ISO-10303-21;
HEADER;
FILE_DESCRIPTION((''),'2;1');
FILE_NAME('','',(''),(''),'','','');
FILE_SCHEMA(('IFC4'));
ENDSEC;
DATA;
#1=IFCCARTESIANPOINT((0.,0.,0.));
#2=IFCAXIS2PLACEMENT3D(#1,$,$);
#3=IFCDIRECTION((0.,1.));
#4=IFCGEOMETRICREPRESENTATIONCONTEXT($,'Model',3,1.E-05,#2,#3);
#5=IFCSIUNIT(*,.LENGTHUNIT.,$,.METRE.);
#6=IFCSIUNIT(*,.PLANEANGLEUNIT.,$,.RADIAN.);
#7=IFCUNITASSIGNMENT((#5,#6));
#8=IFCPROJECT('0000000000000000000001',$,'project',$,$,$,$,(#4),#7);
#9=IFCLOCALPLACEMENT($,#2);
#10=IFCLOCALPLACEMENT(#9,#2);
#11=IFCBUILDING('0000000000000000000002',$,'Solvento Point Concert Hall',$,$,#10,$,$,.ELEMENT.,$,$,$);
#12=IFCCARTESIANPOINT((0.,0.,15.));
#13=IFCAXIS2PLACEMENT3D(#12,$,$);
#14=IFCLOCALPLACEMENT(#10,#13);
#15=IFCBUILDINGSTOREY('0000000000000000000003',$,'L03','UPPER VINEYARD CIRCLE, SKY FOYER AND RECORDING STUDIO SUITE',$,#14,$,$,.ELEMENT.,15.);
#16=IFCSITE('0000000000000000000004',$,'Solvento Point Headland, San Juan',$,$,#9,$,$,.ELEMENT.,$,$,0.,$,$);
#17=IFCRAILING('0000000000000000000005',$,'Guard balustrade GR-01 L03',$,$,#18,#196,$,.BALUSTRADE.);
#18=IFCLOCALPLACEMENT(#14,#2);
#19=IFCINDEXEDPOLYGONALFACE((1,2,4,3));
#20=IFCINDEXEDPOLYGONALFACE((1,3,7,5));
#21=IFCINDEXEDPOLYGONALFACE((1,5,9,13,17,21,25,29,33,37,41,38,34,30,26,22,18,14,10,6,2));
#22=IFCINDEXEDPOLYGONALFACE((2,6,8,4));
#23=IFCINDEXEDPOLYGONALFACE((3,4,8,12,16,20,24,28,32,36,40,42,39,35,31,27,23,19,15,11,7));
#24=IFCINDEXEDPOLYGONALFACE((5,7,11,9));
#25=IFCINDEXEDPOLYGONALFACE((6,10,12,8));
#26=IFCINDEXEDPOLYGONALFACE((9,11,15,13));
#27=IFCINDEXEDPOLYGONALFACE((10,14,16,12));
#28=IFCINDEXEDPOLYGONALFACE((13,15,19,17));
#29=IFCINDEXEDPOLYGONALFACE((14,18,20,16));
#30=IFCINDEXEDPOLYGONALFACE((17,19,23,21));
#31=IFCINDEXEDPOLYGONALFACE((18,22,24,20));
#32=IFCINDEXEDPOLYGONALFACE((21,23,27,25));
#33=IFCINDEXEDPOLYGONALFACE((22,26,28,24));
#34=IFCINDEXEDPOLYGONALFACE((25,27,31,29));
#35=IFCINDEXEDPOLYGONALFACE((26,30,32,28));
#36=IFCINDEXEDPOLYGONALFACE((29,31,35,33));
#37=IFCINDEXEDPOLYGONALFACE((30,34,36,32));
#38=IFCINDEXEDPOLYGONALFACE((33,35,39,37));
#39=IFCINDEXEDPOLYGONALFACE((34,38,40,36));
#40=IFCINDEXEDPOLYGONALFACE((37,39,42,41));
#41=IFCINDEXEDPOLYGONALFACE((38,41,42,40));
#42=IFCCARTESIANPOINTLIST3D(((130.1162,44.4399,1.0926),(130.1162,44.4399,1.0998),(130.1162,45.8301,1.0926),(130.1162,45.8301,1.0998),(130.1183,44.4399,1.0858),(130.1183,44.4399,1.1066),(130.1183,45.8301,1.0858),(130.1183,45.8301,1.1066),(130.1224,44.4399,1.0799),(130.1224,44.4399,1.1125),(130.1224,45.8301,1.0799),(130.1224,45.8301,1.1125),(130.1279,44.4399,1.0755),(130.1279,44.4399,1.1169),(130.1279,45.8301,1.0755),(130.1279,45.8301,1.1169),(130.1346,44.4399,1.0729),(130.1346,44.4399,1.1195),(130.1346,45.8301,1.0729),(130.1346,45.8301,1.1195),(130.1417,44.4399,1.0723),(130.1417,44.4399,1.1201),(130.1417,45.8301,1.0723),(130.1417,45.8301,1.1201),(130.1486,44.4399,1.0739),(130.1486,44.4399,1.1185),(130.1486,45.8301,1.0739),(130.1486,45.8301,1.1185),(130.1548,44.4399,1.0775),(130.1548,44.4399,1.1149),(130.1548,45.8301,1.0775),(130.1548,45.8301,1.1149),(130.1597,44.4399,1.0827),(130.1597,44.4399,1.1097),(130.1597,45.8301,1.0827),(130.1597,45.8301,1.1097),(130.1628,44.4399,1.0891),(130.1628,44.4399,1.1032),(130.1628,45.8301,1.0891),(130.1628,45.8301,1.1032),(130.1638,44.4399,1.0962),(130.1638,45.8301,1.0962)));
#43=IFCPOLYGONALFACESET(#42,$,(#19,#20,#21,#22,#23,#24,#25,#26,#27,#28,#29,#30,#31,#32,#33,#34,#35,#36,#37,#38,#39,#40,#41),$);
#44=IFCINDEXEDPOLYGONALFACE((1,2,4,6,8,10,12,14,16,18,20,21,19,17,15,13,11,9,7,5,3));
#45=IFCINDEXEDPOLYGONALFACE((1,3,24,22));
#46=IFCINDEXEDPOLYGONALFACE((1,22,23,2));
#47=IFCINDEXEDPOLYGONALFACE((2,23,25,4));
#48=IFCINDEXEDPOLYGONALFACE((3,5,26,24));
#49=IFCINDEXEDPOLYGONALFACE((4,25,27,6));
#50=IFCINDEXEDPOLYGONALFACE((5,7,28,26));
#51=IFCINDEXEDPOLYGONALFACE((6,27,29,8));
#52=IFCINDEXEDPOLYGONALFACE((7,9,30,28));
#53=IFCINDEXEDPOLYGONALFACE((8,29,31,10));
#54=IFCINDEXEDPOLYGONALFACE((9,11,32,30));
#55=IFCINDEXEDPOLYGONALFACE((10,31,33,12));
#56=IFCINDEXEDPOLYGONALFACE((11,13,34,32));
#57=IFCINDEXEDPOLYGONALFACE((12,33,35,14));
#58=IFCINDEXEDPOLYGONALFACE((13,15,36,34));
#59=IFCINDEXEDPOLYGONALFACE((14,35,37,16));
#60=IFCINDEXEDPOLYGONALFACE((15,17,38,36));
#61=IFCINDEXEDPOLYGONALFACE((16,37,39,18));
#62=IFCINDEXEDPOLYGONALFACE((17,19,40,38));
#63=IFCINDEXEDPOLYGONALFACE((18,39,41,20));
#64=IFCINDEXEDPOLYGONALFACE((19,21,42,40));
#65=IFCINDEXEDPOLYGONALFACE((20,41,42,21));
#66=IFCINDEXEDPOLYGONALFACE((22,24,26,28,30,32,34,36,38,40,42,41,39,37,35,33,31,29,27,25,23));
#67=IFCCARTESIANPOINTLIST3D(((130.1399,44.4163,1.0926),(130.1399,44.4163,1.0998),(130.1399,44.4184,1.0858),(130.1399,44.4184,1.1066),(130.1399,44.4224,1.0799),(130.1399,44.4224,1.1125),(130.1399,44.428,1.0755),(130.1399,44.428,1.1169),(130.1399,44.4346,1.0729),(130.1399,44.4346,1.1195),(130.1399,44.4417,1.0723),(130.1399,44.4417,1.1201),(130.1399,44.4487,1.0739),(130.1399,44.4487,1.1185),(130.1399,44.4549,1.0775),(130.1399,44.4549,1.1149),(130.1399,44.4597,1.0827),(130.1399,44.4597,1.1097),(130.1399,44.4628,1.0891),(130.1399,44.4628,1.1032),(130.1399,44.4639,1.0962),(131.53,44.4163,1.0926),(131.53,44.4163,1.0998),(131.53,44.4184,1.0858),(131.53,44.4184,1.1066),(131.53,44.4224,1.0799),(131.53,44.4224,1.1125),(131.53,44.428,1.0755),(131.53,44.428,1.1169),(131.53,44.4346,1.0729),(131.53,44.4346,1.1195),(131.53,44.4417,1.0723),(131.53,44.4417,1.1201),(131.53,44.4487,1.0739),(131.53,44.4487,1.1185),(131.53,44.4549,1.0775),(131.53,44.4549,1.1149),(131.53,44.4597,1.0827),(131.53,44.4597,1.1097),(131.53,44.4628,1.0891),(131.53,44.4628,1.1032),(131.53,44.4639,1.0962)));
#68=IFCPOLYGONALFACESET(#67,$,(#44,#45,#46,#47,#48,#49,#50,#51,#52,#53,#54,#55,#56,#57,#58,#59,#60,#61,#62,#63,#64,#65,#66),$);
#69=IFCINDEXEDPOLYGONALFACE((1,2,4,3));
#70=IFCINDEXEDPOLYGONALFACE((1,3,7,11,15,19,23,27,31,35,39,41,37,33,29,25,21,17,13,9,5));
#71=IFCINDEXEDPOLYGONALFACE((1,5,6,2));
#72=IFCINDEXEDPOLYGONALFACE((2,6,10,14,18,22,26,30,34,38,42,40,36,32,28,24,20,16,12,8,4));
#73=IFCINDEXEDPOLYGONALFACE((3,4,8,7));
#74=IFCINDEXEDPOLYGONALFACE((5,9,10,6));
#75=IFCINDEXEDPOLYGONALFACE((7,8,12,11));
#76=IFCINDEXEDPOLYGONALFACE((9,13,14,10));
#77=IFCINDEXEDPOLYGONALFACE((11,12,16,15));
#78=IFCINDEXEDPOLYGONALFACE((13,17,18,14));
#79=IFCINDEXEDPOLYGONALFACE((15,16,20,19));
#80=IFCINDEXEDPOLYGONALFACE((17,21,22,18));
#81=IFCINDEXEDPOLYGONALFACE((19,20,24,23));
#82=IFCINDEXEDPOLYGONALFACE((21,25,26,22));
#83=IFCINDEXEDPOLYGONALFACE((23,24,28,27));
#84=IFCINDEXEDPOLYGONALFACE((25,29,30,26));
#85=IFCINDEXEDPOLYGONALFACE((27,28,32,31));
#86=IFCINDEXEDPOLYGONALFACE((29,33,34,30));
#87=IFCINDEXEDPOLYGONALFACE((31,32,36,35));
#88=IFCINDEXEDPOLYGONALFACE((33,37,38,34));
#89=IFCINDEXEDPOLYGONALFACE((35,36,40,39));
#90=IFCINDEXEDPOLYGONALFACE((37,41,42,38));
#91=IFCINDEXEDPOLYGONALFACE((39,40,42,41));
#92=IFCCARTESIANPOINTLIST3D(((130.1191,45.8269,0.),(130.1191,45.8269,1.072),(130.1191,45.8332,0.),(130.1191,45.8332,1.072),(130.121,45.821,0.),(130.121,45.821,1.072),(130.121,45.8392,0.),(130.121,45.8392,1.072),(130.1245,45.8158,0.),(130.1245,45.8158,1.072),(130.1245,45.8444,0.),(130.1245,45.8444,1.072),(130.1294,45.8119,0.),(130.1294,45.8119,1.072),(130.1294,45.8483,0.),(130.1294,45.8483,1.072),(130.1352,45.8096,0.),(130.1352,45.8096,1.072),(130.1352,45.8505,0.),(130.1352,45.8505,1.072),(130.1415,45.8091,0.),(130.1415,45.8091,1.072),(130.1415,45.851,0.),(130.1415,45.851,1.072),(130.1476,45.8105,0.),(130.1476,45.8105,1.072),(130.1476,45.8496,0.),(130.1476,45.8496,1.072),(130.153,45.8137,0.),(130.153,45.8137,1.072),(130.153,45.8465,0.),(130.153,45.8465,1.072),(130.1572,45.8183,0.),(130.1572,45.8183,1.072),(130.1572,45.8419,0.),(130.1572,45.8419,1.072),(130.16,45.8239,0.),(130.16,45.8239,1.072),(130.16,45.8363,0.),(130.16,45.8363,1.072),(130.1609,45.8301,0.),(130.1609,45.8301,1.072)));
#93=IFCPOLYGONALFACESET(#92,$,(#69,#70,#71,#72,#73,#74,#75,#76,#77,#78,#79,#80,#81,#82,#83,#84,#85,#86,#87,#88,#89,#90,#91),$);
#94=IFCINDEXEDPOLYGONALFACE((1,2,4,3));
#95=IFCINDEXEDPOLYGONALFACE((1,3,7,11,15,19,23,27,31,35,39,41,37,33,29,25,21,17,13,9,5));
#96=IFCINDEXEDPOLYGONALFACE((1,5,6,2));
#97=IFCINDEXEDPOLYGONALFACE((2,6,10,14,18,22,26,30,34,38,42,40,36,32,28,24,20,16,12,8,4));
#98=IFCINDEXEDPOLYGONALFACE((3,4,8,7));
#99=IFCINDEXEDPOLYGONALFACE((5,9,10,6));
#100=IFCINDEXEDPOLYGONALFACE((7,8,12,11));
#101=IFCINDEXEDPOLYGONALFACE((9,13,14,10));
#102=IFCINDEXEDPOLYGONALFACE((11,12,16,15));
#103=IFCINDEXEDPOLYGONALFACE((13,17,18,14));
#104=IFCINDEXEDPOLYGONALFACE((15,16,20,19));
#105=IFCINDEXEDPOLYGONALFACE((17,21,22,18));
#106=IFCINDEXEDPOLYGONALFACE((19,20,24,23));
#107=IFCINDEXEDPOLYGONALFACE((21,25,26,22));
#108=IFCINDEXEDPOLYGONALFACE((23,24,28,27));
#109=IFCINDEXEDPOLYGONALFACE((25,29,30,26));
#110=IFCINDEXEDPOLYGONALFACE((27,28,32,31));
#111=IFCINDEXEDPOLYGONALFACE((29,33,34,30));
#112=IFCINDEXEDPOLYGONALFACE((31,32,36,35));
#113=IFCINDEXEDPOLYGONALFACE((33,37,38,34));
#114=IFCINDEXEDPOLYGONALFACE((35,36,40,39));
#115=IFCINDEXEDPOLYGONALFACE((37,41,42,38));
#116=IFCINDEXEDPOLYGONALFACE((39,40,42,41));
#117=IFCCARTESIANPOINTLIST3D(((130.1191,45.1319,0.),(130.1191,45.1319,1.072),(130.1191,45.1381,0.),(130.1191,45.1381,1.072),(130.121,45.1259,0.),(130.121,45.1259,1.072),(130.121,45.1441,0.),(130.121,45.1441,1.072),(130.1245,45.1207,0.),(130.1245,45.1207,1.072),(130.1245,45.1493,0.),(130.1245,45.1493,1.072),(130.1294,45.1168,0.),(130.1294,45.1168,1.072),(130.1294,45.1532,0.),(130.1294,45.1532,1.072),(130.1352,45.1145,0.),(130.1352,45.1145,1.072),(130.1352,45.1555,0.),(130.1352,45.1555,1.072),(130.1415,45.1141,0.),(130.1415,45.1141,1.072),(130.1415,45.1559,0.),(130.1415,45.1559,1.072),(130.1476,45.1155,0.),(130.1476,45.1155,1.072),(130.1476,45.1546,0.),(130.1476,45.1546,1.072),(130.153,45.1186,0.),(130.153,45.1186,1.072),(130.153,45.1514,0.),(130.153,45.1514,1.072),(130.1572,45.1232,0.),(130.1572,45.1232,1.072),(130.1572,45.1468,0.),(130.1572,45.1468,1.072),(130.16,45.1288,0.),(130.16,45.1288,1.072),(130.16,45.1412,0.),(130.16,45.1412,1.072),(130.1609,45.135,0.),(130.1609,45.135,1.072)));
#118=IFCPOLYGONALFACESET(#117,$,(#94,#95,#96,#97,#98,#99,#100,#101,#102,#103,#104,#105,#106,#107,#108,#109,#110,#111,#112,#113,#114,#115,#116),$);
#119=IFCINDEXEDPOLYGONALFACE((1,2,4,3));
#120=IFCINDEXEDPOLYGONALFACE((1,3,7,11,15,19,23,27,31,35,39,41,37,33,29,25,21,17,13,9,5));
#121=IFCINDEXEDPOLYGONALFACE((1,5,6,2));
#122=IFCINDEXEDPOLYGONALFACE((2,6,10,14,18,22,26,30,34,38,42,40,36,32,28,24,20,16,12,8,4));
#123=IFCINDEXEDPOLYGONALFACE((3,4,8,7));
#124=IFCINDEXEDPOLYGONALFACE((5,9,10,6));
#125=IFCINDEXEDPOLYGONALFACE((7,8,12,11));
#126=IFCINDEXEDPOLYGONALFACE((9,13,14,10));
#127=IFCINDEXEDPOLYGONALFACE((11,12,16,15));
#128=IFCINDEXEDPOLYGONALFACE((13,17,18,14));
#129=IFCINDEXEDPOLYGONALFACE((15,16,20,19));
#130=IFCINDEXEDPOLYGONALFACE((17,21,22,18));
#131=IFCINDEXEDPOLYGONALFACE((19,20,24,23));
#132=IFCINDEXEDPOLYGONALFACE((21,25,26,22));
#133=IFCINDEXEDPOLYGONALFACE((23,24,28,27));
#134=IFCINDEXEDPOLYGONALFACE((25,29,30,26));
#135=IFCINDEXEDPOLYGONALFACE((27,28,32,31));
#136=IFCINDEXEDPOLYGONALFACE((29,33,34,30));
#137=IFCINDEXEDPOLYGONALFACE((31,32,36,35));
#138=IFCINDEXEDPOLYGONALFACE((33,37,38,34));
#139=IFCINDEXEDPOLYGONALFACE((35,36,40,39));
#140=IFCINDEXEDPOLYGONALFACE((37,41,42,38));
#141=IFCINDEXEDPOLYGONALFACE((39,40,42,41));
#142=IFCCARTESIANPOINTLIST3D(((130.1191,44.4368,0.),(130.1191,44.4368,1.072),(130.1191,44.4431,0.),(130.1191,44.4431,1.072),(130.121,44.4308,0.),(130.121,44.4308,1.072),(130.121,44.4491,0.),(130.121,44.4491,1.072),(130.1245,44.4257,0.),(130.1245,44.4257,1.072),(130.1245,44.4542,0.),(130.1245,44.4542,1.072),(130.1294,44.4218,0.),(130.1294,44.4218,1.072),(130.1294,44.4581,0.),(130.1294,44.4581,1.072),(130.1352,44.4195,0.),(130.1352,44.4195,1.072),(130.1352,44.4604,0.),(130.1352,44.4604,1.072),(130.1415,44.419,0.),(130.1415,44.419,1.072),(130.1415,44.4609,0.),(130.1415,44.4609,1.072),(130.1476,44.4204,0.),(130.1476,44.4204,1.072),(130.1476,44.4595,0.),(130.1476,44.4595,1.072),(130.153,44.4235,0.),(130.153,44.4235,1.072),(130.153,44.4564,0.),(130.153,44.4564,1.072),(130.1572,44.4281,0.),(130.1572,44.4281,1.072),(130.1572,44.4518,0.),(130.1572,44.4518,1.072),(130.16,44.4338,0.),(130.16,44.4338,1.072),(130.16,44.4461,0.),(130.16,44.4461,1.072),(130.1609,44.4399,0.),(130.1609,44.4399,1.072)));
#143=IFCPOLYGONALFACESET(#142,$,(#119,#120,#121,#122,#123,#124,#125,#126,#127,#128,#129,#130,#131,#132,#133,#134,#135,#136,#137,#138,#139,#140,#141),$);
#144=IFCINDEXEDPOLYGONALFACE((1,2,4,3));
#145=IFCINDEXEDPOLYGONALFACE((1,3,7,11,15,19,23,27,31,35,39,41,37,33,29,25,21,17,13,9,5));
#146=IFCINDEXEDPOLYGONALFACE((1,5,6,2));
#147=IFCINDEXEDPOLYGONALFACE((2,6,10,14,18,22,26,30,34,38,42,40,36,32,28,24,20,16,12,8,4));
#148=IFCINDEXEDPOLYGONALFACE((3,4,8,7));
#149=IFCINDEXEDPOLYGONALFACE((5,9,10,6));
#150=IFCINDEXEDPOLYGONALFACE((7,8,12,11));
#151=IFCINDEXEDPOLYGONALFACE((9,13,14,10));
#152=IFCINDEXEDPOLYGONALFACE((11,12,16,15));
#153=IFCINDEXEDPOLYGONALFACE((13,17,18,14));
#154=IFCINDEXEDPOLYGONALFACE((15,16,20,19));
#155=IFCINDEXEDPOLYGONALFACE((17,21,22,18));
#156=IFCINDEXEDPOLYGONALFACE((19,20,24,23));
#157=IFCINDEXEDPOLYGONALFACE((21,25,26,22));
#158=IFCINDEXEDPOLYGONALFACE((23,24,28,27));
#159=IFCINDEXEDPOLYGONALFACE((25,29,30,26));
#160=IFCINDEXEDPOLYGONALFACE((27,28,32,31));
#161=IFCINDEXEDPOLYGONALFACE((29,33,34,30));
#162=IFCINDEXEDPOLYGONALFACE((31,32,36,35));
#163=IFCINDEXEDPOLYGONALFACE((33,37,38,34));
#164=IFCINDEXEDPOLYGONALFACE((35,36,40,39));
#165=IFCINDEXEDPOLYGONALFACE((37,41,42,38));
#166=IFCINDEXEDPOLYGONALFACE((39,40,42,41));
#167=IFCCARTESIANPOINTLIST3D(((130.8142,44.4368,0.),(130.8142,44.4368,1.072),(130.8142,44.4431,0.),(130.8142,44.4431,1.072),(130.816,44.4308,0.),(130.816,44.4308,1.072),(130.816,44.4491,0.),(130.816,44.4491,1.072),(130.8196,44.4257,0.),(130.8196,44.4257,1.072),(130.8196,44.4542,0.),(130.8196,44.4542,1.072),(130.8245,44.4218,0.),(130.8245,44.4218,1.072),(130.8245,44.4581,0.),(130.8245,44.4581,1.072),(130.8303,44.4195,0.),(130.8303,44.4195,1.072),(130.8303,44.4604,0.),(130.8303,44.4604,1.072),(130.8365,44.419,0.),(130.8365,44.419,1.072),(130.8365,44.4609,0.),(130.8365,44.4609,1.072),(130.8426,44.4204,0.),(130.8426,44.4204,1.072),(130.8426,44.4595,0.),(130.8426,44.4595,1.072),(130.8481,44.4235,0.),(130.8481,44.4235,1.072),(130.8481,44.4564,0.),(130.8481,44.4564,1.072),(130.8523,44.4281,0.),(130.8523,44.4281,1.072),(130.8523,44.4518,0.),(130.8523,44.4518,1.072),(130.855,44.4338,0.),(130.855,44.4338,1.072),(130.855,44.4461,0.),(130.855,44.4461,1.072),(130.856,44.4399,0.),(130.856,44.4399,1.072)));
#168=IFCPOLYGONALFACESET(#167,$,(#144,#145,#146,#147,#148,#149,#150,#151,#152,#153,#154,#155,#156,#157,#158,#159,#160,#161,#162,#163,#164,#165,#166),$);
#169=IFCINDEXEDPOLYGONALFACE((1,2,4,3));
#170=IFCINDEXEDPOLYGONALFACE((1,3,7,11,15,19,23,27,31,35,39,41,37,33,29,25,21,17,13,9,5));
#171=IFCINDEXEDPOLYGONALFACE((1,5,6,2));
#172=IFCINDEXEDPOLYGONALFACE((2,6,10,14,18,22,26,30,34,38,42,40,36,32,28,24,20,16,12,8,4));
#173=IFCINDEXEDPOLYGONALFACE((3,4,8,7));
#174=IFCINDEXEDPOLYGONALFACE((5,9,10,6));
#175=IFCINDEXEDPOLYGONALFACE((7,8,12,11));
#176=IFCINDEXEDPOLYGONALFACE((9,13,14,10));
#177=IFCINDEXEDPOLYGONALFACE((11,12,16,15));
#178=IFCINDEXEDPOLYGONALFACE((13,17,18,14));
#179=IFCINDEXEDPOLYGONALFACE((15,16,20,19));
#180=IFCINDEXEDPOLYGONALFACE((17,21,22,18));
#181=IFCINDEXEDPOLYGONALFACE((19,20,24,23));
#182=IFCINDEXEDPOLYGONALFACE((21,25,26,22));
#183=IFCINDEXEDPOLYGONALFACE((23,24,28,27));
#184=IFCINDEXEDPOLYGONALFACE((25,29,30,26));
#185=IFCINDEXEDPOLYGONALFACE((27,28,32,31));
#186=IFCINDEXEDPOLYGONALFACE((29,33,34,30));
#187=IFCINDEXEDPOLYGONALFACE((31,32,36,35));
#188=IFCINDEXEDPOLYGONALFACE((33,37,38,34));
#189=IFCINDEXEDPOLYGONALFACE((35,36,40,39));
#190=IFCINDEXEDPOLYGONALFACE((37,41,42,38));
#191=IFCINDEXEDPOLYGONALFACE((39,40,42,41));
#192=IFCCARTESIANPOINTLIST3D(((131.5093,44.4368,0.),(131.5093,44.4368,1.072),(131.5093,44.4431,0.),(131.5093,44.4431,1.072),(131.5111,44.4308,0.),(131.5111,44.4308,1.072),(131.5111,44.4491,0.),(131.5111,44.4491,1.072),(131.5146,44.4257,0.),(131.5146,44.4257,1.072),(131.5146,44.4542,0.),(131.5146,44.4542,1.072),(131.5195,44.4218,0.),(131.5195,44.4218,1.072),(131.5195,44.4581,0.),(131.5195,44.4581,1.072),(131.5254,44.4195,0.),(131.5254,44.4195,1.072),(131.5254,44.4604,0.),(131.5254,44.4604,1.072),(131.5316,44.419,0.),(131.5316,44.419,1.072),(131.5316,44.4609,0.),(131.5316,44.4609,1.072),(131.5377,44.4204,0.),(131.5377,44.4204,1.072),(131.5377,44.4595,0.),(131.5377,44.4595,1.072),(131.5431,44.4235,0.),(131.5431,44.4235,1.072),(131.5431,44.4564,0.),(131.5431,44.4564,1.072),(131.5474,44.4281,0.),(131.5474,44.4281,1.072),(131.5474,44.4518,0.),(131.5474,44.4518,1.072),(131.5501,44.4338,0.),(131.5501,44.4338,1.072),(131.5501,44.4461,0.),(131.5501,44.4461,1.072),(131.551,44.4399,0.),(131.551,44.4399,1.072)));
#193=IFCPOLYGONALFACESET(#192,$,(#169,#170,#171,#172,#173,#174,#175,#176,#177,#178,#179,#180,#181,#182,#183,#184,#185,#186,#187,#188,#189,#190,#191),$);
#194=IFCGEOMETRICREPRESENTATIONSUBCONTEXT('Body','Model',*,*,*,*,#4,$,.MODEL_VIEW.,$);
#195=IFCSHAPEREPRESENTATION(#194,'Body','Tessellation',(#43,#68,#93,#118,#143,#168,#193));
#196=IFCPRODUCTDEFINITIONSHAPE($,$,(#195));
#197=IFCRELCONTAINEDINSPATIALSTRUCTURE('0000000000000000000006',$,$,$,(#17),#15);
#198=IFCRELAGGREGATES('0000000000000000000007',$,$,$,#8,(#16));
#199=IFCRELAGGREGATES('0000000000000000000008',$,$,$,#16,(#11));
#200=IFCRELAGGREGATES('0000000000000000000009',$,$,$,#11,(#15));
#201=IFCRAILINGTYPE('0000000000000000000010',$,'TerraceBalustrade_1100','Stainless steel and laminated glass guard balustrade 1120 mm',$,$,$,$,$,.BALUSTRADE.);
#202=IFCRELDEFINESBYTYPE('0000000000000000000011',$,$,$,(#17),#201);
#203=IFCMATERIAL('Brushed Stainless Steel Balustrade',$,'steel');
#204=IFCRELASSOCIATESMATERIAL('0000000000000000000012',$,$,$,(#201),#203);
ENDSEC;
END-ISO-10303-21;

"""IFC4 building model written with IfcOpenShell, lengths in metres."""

from ifc_helpers import new_model, si_unit, direction, frame, origin, origin_2d, place, context, subcontext, project, spatial, circle, extrude, material, type_object, element, save


model = new_model("IFC4")

# Units and contexts
model_context = context("Model", 3, precision=1e-05, world=origin(), true_north=direction((0.0, 1.0)))
body_context = subcontext(model_context, "Body", "Model", "MODEL_VIEW")
ifc_project = project(units=[si_unit("LENGTHUNIT", "METRE"), si_unit("PLANEANGLEUNIT", "RADIAN")], contexts=[model_context])

# Site, building, storey
site_placement = place(None, origin())
site = spatial("IfcSite", under=ifc_project, at=site_placement, Name="Solvento Point Headland, San Juan", CompositionType="ELEMENT", RefElevation=0.0)
building_placement = place(site_placement, origin())
building = spatial("IfcBuilding", under=site, at=building_placement, Name="Solvento Point Concert Hall", CompositionType="ELEMENT")
storey_placement = place(building_placement, frame((0.0, 0.0, 15.0)))
storey = spatial("IfcBuildingStorey", under=building, at=storey_placement, Name="L03", Description="UPPER VINEYARD CIRCLE, SKY FOYER AND RECORDING STUDIO SUITE", CompositionType="ELEMENT", Elevation=15.0)

# Railing
ifc_material_1 = material(Name="Brushed Stainless Steel Balustrade", Category="steel")
railing_type = type_object("IfcRailingType", Name="TerraceBalustrade_1100", Description="Stainless steel and laminated glass guard balustrade 1120 mm", PredefinedType="BALUSTRADE", material=ifc_material_1)
railing_1_placement = place(storey_placement, frame((130.1399, 45.8301, 0.0)))
element("IfcRailing", 1, at=railing_1_placement, inside=storey, type_object=railing_type, Name="Guard balustrade GR-01 L03", PredefinedType="BALUSTRADE", context=body_context, shape_type="SweptSolid", body=[
    extrude(circle(Radius=0.0239, at=origin_2d()), frame((0.0, 0.0, 1.0962), z_axis=(0.0, -1.0, 0.0), x_axis=(1.0, 0.0, 0.0)), (0.0, 0.0, 1.0), 1.3901),
    extrude(circle(Radius=0.0239, at=origin_2d()), frame((0.0, -1.3901, 1.0962), z_axis=(1.0, 0.0, 0.0), x_axis=(0.0, 1.0, 0.0)), (0.0, 0.0, 1.0), 1.3901),
    extrude(circle(Radius=0.021, at=origin_2d()), origin(), (0.0, 0.0, 1.0), 1.072),
    extrude(circle(Radius=0.021, at=origin_2d()), frame((0.0, -0.6951, 0.0)), (0.0, 0.0, 1.0), 1.072),
    extrude(circle(Radius=0.021, at=origin_2d()), frame((0.0, -1.3901, 0.0)), (0.0, 0.0, 1.0), 1.072),
    extrude(circle(Radius=0.021, at=origin_2d()), frame((0.6951, -1.3901, 0.0)), (0.0, 0.0, 1.0), 1.072),
    extrude(circle(Radius=0.021, at=origin_2d()), frame((1.3901, -1.3901, 0.0)), (0.0, 0.0, 1.0), 1.072),
])

save(model, "model.ifc")
